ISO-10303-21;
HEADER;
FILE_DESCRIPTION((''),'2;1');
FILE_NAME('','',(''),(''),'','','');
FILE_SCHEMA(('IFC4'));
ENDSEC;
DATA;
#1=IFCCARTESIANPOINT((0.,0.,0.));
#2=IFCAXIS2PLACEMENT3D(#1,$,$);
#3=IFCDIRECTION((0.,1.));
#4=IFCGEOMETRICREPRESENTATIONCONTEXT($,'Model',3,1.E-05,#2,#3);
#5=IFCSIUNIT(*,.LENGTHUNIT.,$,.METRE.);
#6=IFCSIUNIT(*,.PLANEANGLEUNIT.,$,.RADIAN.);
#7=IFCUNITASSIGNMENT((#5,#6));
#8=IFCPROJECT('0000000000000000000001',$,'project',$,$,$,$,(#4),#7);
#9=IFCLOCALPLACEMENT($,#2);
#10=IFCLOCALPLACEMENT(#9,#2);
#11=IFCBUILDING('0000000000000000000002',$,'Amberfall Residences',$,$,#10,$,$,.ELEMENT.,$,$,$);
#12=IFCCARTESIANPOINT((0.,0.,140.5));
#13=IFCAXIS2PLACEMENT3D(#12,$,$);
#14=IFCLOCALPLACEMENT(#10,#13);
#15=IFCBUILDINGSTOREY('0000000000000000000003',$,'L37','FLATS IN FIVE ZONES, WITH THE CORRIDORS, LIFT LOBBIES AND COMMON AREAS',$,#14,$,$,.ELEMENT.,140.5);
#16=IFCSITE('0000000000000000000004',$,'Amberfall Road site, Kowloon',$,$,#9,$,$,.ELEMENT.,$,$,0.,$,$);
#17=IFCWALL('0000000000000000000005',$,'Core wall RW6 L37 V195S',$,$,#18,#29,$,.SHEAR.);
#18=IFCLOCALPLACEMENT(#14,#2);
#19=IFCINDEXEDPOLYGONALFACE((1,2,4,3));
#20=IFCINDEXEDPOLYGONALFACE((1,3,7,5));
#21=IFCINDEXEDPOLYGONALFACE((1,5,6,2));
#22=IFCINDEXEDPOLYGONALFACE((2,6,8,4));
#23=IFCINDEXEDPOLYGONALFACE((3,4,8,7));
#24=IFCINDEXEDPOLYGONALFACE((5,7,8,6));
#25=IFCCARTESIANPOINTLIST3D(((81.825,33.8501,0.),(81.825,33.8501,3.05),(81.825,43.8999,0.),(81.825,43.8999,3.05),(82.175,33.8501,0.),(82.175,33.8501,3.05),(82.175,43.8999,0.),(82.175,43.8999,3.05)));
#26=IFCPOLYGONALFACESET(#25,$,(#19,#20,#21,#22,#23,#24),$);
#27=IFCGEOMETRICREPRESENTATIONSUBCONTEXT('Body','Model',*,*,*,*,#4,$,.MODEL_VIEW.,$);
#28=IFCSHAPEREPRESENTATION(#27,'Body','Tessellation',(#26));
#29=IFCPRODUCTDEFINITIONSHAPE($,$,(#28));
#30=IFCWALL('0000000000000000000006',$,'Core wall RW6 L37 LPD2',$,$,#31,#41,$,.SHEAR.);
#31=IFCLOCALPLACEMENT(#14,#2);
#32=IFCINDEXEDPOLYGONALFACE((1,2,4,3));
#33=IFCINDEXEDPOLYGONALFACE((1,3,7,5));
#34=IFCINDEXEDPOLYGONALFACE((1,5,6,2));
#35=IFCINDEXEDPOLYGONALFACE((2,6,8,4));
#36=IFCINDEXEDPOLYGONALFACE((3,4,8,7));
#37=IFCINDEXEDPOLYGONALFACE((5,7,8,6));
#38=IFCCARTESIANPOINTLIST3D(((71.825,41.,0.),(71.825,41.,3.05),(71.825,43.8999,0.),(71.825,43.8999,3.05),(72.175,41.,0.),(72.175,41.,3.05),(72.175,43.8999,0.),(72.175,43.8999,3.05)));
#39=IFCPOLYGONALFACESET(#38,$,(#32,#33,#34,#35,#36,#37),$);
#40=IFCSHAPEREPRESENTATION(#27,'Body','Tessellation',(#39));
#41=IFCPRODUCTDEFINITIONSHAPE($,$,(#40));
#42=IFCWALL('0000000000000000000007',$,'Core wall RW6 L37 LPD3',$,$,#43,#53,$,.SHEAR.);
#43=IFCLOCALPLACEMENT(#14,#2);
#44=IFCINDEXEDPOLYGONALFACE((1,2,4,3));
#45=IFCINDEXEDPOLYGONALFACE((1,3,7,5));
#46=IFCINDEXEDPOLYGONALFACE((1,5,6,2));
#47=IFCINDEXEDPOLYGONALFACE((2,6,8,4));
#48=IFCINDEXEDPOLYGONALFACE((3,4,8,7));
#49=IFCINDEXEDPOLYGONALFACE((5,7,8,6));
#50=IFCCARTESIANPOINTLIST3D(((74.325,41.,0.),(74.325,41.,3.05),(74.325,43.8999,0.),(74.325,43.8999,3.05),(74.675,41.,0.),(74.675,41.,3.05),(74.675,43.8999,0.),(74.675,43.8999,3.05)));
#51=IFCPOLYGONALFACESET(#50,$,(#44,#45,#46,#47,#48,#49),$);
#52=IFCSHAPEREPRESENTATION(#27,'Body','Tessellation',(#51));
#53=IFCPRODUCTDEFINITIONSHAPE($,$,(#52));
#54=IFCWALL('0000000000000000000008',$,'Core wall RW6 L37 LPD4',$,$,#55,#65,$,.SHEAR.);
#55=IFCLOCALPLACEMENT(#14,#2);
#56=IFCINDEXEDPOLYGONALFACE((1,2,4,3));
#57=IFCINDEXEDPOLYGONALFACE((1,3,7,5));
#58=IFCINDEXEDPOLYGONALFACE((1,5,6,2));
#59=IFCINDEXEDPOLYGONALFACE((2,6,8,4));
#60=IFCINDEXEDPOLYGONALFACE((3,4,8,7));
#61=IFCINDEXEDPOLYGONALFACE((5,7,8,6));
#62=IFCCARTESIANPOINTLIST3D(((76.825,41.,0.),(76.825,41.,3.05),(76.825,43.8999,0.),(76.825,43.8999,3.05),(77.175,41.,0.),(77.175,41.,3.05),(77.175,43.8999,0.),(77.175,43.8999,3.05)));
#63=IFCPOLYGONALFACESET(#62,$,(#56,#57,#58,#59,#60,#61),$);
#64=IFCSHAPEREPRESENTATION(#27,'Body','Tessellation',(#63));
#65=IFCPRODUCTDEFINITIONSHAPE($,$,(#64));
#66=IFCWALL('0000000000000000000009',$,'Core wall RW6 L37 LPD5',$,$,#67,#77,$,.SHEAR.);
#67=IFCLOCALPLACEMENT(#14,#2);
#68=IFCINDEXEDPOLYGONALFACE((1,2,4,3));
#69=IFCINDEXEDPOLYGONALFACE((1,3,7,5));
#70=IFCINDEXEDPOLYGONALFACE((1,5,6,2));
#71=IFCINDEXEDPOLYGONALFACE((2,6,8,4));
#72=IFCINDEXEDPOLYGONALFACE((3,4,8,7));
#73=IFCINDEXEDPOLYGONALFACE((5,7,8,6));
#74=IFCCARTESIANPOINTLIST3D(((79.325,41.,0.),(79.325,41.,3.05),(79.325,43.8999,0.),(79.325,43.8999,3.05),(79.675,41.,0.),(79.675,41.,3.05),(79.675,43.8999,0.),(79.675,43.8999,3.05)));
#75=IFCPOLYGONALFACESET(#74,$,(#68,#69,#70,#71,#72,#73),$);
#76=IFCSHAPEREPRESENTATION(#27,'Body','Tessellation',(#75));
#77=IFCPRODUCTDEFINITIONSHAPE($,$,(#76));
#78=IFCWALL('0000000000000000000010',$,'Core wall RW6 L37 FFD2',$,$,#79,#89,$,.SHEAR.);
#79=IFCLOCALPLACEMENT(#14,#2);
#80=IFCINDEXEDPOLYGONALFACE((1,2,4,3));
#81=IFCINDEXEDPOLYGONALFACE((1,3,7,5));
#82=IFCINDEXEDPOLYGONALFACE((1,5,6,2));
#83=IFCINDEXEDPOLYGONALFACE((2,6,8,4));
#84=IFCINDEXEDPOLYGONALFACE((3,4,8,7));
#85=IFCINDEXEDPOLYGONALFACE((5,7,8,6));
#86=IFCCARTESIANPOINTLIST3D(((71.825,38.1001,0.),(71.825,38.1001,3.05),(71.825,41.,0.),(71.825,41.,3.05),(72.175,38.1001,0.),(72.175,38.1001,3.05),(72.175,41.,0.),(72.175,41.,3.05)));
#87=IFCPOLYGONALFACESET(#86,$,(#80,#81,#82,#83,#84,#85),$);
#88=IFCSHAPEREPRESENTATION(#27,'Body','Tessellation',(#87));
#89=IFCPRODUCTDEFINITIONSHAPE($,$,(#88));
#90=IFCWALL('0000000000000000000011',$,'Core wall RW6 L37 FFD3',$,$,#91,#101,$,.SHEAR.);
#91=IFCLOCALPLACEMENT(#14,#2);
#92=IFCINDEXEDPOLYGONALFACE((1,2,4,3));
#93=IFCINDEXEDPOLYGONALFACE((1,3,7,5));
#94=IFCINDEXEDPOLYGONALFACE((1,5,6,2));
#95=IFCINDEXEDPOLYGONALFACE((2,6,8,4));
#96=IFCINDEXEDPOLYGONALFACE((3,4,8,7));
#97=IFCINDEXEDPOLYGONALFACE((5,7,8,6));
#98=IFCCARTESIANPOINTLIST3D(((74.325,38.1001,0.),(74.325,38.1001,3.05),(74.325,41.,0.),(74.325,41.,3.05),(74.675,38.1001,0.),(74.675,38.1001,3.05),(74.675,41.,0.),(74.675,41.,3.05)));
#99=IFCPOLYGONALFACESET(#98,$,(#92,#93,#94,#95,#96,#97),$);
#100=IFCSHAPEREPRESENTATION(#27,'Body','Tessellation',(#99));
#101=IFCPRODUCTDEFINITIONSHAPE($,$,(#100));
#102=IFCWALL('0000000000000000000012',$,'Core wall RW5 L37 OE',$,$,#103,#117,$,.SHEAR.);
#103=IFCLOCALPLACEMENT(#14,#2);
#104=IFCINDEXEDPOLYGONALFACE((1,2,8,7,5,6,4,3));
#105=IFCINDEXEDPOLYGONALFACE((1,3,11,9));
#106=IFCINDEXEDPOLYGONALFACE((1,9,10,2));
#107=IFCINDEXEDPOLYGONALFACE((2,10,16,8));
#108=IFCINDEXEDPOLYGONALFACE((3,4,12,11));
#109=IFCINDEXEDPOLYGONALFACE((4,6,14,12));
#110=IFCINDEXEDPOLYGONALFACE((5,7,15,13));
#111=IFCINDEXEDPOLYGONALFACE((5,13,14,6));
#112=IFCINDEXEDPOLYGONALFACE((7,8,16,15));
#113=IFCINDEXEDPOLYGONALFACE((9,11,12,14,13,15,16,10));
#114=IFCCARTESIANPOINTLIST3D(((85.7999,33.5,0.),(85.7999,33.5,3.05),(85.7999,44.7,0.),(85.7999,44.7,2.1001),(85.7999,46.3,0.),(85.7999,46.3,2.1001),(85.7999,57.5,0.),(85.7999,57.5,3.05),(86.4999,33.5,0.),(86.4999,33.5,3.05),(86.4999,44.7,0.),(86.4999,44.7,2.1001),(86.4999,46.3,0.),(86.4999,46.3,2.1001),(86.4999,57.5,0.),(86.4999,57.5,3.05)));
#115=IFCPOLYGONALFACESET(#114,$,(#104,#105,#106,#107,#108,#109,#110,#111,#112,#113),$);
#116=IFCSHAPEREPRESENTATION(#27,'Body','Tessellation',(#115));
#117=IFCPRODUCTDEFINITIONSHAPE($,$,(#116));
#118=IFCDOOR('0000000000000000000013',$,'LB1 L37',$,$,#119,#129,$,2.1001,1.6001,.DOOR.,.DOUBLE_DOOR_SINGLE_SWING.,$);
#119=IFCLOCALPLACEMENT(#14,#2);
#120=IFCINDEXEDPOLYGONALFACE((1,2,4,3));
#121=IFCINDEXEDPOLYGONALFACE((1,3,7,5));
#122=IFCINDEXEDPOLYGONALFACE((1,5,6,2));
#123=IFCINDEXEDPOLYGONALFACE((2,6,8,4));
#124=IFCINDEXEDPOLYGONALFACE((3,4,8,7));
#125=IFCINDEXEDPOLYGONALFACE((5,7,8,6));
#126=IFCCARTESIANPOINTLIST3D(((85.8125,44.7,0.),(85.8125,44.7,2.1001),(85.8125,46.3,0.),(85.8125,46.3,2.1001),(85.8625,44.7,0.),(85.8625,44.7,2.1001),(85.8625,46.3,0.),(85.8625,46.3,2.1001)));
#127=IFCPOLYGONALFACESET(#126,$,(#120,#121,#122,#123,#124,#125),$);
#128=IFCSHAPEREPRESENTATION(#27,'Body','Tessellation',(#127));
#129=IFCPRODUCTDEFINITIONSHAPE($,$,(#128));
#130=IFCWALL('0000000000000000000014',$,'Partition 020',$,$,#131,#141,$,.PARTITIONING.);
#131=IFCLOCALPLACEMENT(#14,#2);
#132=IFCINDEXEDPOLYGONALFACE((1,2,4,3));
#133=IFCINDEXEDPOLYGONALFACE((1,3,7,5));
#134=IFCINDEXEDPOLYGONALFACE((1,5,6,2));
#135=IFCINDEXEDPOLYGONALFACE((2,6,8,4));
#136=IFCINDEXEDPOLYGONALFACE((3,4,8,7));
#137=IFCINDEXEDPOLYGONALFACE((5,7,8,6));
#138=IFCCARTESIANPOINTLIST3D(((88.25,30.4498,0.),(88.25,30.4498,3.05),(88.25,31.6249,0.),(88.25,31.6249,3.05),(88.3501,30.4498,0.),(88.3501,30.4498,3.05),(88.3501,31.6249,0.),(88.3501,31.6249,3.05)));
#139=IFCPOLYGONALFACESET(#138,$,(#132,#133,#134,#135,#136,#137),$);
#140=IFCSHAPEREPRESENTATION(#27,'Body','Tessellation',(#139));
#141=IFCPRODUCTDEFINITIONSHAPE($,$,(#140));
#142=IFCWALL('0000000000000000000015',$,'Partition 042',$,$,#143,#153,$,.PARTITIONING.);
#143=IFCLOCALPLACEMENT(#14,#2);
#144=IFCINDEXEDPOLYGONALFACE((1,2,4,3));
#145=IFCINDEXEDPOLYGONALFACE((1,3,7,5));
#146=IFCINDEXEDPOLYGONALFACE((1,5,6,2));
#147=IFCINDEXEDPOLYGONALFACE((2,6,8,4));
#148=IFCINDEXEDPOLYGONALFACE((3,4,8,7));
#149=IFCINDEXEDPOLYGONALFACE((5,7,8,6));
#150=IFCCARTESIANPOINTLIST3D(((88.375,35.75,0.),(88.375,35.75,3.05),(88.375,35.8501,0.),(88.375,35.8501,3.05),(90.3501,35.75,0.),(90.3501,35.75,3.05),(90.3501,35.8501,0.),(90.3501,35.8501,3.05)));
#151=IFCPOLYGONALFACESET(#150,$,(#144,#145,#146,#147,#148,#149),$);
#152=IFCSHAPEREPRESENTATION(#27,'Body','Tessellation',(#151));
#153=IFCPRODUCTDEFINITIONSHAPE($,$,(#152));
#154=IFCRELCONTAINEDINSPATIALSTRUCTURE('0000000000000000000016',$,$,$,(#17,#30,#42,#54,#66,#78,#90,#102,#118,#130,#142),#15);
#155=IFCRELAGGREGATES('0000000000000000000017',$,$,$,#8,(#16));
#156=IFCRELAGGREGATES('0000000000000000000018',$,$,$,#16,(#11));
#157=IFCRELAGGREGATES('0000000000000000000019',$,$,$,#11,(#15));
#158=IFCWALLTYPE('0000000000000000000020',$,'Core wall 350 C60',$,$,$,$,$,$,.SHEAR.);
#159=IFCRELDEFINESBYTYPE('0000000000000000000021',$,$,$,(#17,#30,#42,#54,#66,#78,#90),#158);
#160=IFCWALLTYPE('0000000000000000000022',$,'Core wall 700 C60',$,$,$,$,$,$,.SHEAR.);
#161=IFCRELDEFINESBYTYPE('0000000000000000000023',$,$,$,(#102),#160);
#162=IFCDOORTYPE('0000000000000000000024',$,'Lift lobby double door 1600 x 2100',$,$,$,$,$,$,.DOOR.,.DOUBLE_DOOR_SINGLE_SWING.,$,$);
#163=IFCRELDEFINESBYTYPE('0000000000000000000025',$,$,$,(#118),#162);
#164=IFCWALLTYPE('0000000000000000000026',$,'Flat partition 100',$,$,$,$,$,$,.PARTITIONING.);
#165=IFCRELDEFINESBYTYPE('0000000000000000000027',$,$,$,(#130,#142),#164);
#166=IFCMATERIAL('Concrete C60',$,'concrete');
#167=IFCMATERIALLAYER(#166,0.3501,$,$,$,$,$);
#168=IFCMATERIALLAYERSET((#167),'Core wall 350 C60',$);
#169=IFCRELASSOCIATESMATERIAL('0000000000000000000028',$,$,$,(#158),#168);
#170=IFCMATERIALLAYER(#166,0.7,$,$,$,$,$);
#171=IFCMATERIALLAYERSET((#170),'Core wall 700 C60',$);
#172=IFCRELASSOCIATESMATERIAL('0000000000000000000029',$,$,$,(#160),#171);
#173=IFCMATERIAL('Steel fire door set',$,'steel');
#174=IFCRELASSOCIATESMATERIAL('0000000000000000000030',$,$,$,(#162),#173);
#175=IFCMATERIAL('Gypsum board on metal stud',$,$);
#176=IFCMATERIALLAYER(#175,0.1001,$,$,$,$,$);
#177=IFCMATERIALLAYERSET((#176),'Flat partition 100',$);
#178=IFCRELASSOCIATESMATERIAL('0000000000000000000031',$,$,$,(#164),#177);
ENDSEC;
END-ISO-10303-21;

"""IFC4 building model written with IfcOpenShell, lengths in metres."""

from ifc_helpers import new_model, si_unit, direction, frame, frame_2d, origin, place, context, subcontext, project, spatial, rectangle, extrude, material, layer, layer_set, type_object, element, fill, save


model = new_model("IFC4")

# Units and contexts
model_context = context("Model", 3, precision=1e-05, world=origin(), true_north=direction((0.0, 1.0)))
body_context = subcontext(model_context, "Body", "Model", "MODEL_VIEW")
ifc_project = project(units=[si_unit("LENGTHUNIT", "METRE"), si_unit("PLANEANGLEUNIT", "RADIAN")], contexts=[model_context])

# Site, building, storey
site_placement = place(None, origin())
site = spatial("IfcSite", under=ifc_project, at=site_placement, Name="Amberfall Road site, Kowloon", CompositionType="ELEMENT", RefElevation=0.0)
building_placement = place(site_placement, origin())
building = spatial("IfcBuilding", under=site, at=building_placement, Name="Amberfall Residences", CompositionType="ELEMENT")
storey_placement = place(building_placement, frame((0.0, 0.0, 140.5)))
storey = spatial("IfcBuildingStorey", under=building, at=storey_placement, Name="L37", Description="FLATS IN FIVE ZONES, WITH THE CORRIDORS, LIFT LOBBIES AND COMMON AREAS", CompositionType="ELEMENT", Elevation=140.5)

# Walls
ifc_material_1 = material(Name="Concrete C60", Category="concrete")
ifc_layer_1 = layer(ifc_material_1, 0.3501)
ifc_layer_set_1 = layer_set([ifc_layer_1], Name="Core wall 350 C60")
wall_type_1 = type_object("IfcWallType", Name="Core wall 350 C60", PredefinedType="SHEAR", material=ifc_layer_set_1)
wall_1_placement = place(storey_placement, frame((82.0, 33.8501, 0.0), z_axis=(0.0, 0.0, 1.0), x_axis=(0.0, 1.0, 0.0)))
element("IfcWall", 1, at=wall_1_placement, inside=storey, type_object=wall_type_1, Name="Core wall RW6 L37 V195S", PredefinedType="SHEAR", context=body_context, shape_type="SweptSolid", body=[
    extrude(rectangle(XDim=10.0498, YDim=0.3501, at=frame_2d((5.0249, 0.0))), origin(), (0.0, 0.0, 1.0), 3.05),
])
for number, where, z_axis, x_axis, name in (
    (2, (72.0, 41.0, 0.0), (0.0, 0.0, 1.0), (0.0, 1.0, 0.0), "Core wall RW6 L37 LPD2"),
    (3, (74.5, 41.0, 0.0), (0.0, 0.0, 1.0), (0.0, 1.0, 0.0), "Core wall RW6 L37 LPD3"),
    (4, (77.0, 41.0, 0.0), (0.0, 0.0, 1.0), (0.0, 1.0, 0.0), "Core wall RW6 L37 LPD4"),
    (5, (79.5, 41.0, 0.0), (0.0, 0.0, 1.0), (0.0, 1.0, 0.0), "Core wall RW6 L37 LPD5"),
    (6, (72.0, 38.1001, 0.0), (0.0, 0.0, 1.0), (0.0, 1.0, 0.0), "Core wall RW6 L37 FFD2"),
    (7, (74.5, 38.1001, 0.0), (0.0, 0.0, 1.0), (0.0, 1.0, 0.0), "Core wall RW6 L37 FFD3"),
):
    element("IfcWall", number, at=place(storey_placement, frame(where, z_axis=z_axis, x_axis=x_axis)), inside=storey, type_object=wall_type_1, Name=name, PredefinedType="SHEAR", context=body_context, shape_type="SweptSolid", body=[
        extrude(rectangle(XDim=2.8999, YDim=0.3501, at=frame_2d((1.45, 0.0))), origin(), (0.0, 0.0, 1.0), 3.05),
    ])

# Wall, opening, door
ifc_layer_2 = layer(ifc_material_1, 0.7)
ifc_layer_set_2 = layer_set([ifc_layer_2], Name="Core wall 700 C60")
wall_type_2 = type_object("IfcWallType", Name="Core wall 700 C60", PredefinedType="SHEAR", material=ifc_layer_set_2)
wall_2_placement = place(storey_placement, frame((86.1499, 33.5, 0.0), z_axis=(0.0, 0.0, 1.0), x_axis=(0.0, 1.0, 0.0)))
wall_2 = element("IfcWall", 8, at=wall_2_placement, inside=storey, type_object=wall_type_2, Name="Core wall RW5 L37 OE", PredefinedType="SHEAR", context=body_context, shape_type="SweptSolid", body=[
    extrude(rectangle(XDim=24.0, YDim=0.7, at=frame_2d((12.0, 0.0))), origin(), (0.0, 0.0, 1.0), 3.05),
])
opening_1_placement = place(wall_2_placement, frame((11.2, 0.0, 0.0)))
opening_1 = element("IfcOpeningElement", 9, at=opening_1_placement, cuts=wall_2, PredefinedType="OPENING", context=body_context, shape_type="SweptSolid", body=[
    extrude(rectangle(XDim=1.6001, YDim=2.1001, at=frame_2d((0.8, 1.05))), frame((0.0, 0.3599, 0.0), z_axis=(0.0, -1.0, 0.0), x_axis=(1.0, 0.0, 0.0)), (0.0, 0.0, 1.0), 0.72),
])
ifc_material_2 = material(Name="Steel fire door set", Category="steel")
door_type_1 = type_object("IfcDoorType", Name="Lift lobby double door 1600 x 2100", OperationType="DOUBLE_DOOR_SINGLE_SWING", PredefinedType="DOOR", material=ifc_material_2)
door_1_placement = place(opening_1_placement, origin())
door_1 = element("IfcDoor", 10, at=door_1_placement, inside=storey, type_object=door_type_1, Name="LB1 L37", OperationType="DOUBLE_DOOR_SINGLE_SWING", OverallHeight=2.1001, OverallWidth=1.6001, PredefinedType="DOOR", context=body_context, shape_type="SweptSolid", body=[
    extrude(rectangle(XDim=1.6001, YDim=2.1001, at=frame_2d((0.8, 1.05))), frame((0.0, 0.3374, 0.0), z_axis=(0.0, -1.0, 0.0), x_axis=(1.0, 0.0, 0.0)), (0.0, 0.0, 1.0), 0.05),
])
fill(opening_1, door_1)

# Walls
ifc_material_3 = material(Name="Gypsum board on metal stud")
ifc_layer_3 = layer(ifc_material_3, 0.1001)
ifc_layer_set_3 = layer_set([ifc_layer_3], Name="Flat partition 100")
wall_type_3 = type_object("IfcWallType", Name="Flat partition 100", PredefinedType="PARTITIONING", material=ifc_layer_set_3)
wall_3_placement = place(storey_placement, frame((88.3, 30.45, 0.0), z_axis=(0.0, 0.0, 1.0), x_axis=(0.0, 1.0, 0.0)))
element("IfcWall", 11, at=wall_3_placement, inside=storey, type_object=wall_type_3, Name="Partition 020", PredefinedType="PARTITIONING", context=body_context, shape_type="SweptSolid", body=[
    extrude(rectangle(XDim=1.175, YDim=0.1001, at=frame_2d((0.5874, 0.0))), origin(), (0.0, 0.0, 1.0), 3.05),
])
wall_4_placement = place(storey_placement, frame((88.375, 35.8, 0.0), z_axis=(0.0, 0.0, 1.0), x_axis=(1.0, 0.0, 0.0)))
element("IfcWall", 12, at=wall_4_placement, inside=storey, type_object=wall_type_3, Name="Partition 042", PredefinedType="PARTITIONING", context=body_context, shape_type="SweptSolid", body=[
    extrude(rectangle(XDim=1.9751, YDim=0.1001, at=frame_2d((0.9875, 0.0))), origin(), (0.0, 0.0, 1.0), 3.05),
])

save(model, "model.ifc")
